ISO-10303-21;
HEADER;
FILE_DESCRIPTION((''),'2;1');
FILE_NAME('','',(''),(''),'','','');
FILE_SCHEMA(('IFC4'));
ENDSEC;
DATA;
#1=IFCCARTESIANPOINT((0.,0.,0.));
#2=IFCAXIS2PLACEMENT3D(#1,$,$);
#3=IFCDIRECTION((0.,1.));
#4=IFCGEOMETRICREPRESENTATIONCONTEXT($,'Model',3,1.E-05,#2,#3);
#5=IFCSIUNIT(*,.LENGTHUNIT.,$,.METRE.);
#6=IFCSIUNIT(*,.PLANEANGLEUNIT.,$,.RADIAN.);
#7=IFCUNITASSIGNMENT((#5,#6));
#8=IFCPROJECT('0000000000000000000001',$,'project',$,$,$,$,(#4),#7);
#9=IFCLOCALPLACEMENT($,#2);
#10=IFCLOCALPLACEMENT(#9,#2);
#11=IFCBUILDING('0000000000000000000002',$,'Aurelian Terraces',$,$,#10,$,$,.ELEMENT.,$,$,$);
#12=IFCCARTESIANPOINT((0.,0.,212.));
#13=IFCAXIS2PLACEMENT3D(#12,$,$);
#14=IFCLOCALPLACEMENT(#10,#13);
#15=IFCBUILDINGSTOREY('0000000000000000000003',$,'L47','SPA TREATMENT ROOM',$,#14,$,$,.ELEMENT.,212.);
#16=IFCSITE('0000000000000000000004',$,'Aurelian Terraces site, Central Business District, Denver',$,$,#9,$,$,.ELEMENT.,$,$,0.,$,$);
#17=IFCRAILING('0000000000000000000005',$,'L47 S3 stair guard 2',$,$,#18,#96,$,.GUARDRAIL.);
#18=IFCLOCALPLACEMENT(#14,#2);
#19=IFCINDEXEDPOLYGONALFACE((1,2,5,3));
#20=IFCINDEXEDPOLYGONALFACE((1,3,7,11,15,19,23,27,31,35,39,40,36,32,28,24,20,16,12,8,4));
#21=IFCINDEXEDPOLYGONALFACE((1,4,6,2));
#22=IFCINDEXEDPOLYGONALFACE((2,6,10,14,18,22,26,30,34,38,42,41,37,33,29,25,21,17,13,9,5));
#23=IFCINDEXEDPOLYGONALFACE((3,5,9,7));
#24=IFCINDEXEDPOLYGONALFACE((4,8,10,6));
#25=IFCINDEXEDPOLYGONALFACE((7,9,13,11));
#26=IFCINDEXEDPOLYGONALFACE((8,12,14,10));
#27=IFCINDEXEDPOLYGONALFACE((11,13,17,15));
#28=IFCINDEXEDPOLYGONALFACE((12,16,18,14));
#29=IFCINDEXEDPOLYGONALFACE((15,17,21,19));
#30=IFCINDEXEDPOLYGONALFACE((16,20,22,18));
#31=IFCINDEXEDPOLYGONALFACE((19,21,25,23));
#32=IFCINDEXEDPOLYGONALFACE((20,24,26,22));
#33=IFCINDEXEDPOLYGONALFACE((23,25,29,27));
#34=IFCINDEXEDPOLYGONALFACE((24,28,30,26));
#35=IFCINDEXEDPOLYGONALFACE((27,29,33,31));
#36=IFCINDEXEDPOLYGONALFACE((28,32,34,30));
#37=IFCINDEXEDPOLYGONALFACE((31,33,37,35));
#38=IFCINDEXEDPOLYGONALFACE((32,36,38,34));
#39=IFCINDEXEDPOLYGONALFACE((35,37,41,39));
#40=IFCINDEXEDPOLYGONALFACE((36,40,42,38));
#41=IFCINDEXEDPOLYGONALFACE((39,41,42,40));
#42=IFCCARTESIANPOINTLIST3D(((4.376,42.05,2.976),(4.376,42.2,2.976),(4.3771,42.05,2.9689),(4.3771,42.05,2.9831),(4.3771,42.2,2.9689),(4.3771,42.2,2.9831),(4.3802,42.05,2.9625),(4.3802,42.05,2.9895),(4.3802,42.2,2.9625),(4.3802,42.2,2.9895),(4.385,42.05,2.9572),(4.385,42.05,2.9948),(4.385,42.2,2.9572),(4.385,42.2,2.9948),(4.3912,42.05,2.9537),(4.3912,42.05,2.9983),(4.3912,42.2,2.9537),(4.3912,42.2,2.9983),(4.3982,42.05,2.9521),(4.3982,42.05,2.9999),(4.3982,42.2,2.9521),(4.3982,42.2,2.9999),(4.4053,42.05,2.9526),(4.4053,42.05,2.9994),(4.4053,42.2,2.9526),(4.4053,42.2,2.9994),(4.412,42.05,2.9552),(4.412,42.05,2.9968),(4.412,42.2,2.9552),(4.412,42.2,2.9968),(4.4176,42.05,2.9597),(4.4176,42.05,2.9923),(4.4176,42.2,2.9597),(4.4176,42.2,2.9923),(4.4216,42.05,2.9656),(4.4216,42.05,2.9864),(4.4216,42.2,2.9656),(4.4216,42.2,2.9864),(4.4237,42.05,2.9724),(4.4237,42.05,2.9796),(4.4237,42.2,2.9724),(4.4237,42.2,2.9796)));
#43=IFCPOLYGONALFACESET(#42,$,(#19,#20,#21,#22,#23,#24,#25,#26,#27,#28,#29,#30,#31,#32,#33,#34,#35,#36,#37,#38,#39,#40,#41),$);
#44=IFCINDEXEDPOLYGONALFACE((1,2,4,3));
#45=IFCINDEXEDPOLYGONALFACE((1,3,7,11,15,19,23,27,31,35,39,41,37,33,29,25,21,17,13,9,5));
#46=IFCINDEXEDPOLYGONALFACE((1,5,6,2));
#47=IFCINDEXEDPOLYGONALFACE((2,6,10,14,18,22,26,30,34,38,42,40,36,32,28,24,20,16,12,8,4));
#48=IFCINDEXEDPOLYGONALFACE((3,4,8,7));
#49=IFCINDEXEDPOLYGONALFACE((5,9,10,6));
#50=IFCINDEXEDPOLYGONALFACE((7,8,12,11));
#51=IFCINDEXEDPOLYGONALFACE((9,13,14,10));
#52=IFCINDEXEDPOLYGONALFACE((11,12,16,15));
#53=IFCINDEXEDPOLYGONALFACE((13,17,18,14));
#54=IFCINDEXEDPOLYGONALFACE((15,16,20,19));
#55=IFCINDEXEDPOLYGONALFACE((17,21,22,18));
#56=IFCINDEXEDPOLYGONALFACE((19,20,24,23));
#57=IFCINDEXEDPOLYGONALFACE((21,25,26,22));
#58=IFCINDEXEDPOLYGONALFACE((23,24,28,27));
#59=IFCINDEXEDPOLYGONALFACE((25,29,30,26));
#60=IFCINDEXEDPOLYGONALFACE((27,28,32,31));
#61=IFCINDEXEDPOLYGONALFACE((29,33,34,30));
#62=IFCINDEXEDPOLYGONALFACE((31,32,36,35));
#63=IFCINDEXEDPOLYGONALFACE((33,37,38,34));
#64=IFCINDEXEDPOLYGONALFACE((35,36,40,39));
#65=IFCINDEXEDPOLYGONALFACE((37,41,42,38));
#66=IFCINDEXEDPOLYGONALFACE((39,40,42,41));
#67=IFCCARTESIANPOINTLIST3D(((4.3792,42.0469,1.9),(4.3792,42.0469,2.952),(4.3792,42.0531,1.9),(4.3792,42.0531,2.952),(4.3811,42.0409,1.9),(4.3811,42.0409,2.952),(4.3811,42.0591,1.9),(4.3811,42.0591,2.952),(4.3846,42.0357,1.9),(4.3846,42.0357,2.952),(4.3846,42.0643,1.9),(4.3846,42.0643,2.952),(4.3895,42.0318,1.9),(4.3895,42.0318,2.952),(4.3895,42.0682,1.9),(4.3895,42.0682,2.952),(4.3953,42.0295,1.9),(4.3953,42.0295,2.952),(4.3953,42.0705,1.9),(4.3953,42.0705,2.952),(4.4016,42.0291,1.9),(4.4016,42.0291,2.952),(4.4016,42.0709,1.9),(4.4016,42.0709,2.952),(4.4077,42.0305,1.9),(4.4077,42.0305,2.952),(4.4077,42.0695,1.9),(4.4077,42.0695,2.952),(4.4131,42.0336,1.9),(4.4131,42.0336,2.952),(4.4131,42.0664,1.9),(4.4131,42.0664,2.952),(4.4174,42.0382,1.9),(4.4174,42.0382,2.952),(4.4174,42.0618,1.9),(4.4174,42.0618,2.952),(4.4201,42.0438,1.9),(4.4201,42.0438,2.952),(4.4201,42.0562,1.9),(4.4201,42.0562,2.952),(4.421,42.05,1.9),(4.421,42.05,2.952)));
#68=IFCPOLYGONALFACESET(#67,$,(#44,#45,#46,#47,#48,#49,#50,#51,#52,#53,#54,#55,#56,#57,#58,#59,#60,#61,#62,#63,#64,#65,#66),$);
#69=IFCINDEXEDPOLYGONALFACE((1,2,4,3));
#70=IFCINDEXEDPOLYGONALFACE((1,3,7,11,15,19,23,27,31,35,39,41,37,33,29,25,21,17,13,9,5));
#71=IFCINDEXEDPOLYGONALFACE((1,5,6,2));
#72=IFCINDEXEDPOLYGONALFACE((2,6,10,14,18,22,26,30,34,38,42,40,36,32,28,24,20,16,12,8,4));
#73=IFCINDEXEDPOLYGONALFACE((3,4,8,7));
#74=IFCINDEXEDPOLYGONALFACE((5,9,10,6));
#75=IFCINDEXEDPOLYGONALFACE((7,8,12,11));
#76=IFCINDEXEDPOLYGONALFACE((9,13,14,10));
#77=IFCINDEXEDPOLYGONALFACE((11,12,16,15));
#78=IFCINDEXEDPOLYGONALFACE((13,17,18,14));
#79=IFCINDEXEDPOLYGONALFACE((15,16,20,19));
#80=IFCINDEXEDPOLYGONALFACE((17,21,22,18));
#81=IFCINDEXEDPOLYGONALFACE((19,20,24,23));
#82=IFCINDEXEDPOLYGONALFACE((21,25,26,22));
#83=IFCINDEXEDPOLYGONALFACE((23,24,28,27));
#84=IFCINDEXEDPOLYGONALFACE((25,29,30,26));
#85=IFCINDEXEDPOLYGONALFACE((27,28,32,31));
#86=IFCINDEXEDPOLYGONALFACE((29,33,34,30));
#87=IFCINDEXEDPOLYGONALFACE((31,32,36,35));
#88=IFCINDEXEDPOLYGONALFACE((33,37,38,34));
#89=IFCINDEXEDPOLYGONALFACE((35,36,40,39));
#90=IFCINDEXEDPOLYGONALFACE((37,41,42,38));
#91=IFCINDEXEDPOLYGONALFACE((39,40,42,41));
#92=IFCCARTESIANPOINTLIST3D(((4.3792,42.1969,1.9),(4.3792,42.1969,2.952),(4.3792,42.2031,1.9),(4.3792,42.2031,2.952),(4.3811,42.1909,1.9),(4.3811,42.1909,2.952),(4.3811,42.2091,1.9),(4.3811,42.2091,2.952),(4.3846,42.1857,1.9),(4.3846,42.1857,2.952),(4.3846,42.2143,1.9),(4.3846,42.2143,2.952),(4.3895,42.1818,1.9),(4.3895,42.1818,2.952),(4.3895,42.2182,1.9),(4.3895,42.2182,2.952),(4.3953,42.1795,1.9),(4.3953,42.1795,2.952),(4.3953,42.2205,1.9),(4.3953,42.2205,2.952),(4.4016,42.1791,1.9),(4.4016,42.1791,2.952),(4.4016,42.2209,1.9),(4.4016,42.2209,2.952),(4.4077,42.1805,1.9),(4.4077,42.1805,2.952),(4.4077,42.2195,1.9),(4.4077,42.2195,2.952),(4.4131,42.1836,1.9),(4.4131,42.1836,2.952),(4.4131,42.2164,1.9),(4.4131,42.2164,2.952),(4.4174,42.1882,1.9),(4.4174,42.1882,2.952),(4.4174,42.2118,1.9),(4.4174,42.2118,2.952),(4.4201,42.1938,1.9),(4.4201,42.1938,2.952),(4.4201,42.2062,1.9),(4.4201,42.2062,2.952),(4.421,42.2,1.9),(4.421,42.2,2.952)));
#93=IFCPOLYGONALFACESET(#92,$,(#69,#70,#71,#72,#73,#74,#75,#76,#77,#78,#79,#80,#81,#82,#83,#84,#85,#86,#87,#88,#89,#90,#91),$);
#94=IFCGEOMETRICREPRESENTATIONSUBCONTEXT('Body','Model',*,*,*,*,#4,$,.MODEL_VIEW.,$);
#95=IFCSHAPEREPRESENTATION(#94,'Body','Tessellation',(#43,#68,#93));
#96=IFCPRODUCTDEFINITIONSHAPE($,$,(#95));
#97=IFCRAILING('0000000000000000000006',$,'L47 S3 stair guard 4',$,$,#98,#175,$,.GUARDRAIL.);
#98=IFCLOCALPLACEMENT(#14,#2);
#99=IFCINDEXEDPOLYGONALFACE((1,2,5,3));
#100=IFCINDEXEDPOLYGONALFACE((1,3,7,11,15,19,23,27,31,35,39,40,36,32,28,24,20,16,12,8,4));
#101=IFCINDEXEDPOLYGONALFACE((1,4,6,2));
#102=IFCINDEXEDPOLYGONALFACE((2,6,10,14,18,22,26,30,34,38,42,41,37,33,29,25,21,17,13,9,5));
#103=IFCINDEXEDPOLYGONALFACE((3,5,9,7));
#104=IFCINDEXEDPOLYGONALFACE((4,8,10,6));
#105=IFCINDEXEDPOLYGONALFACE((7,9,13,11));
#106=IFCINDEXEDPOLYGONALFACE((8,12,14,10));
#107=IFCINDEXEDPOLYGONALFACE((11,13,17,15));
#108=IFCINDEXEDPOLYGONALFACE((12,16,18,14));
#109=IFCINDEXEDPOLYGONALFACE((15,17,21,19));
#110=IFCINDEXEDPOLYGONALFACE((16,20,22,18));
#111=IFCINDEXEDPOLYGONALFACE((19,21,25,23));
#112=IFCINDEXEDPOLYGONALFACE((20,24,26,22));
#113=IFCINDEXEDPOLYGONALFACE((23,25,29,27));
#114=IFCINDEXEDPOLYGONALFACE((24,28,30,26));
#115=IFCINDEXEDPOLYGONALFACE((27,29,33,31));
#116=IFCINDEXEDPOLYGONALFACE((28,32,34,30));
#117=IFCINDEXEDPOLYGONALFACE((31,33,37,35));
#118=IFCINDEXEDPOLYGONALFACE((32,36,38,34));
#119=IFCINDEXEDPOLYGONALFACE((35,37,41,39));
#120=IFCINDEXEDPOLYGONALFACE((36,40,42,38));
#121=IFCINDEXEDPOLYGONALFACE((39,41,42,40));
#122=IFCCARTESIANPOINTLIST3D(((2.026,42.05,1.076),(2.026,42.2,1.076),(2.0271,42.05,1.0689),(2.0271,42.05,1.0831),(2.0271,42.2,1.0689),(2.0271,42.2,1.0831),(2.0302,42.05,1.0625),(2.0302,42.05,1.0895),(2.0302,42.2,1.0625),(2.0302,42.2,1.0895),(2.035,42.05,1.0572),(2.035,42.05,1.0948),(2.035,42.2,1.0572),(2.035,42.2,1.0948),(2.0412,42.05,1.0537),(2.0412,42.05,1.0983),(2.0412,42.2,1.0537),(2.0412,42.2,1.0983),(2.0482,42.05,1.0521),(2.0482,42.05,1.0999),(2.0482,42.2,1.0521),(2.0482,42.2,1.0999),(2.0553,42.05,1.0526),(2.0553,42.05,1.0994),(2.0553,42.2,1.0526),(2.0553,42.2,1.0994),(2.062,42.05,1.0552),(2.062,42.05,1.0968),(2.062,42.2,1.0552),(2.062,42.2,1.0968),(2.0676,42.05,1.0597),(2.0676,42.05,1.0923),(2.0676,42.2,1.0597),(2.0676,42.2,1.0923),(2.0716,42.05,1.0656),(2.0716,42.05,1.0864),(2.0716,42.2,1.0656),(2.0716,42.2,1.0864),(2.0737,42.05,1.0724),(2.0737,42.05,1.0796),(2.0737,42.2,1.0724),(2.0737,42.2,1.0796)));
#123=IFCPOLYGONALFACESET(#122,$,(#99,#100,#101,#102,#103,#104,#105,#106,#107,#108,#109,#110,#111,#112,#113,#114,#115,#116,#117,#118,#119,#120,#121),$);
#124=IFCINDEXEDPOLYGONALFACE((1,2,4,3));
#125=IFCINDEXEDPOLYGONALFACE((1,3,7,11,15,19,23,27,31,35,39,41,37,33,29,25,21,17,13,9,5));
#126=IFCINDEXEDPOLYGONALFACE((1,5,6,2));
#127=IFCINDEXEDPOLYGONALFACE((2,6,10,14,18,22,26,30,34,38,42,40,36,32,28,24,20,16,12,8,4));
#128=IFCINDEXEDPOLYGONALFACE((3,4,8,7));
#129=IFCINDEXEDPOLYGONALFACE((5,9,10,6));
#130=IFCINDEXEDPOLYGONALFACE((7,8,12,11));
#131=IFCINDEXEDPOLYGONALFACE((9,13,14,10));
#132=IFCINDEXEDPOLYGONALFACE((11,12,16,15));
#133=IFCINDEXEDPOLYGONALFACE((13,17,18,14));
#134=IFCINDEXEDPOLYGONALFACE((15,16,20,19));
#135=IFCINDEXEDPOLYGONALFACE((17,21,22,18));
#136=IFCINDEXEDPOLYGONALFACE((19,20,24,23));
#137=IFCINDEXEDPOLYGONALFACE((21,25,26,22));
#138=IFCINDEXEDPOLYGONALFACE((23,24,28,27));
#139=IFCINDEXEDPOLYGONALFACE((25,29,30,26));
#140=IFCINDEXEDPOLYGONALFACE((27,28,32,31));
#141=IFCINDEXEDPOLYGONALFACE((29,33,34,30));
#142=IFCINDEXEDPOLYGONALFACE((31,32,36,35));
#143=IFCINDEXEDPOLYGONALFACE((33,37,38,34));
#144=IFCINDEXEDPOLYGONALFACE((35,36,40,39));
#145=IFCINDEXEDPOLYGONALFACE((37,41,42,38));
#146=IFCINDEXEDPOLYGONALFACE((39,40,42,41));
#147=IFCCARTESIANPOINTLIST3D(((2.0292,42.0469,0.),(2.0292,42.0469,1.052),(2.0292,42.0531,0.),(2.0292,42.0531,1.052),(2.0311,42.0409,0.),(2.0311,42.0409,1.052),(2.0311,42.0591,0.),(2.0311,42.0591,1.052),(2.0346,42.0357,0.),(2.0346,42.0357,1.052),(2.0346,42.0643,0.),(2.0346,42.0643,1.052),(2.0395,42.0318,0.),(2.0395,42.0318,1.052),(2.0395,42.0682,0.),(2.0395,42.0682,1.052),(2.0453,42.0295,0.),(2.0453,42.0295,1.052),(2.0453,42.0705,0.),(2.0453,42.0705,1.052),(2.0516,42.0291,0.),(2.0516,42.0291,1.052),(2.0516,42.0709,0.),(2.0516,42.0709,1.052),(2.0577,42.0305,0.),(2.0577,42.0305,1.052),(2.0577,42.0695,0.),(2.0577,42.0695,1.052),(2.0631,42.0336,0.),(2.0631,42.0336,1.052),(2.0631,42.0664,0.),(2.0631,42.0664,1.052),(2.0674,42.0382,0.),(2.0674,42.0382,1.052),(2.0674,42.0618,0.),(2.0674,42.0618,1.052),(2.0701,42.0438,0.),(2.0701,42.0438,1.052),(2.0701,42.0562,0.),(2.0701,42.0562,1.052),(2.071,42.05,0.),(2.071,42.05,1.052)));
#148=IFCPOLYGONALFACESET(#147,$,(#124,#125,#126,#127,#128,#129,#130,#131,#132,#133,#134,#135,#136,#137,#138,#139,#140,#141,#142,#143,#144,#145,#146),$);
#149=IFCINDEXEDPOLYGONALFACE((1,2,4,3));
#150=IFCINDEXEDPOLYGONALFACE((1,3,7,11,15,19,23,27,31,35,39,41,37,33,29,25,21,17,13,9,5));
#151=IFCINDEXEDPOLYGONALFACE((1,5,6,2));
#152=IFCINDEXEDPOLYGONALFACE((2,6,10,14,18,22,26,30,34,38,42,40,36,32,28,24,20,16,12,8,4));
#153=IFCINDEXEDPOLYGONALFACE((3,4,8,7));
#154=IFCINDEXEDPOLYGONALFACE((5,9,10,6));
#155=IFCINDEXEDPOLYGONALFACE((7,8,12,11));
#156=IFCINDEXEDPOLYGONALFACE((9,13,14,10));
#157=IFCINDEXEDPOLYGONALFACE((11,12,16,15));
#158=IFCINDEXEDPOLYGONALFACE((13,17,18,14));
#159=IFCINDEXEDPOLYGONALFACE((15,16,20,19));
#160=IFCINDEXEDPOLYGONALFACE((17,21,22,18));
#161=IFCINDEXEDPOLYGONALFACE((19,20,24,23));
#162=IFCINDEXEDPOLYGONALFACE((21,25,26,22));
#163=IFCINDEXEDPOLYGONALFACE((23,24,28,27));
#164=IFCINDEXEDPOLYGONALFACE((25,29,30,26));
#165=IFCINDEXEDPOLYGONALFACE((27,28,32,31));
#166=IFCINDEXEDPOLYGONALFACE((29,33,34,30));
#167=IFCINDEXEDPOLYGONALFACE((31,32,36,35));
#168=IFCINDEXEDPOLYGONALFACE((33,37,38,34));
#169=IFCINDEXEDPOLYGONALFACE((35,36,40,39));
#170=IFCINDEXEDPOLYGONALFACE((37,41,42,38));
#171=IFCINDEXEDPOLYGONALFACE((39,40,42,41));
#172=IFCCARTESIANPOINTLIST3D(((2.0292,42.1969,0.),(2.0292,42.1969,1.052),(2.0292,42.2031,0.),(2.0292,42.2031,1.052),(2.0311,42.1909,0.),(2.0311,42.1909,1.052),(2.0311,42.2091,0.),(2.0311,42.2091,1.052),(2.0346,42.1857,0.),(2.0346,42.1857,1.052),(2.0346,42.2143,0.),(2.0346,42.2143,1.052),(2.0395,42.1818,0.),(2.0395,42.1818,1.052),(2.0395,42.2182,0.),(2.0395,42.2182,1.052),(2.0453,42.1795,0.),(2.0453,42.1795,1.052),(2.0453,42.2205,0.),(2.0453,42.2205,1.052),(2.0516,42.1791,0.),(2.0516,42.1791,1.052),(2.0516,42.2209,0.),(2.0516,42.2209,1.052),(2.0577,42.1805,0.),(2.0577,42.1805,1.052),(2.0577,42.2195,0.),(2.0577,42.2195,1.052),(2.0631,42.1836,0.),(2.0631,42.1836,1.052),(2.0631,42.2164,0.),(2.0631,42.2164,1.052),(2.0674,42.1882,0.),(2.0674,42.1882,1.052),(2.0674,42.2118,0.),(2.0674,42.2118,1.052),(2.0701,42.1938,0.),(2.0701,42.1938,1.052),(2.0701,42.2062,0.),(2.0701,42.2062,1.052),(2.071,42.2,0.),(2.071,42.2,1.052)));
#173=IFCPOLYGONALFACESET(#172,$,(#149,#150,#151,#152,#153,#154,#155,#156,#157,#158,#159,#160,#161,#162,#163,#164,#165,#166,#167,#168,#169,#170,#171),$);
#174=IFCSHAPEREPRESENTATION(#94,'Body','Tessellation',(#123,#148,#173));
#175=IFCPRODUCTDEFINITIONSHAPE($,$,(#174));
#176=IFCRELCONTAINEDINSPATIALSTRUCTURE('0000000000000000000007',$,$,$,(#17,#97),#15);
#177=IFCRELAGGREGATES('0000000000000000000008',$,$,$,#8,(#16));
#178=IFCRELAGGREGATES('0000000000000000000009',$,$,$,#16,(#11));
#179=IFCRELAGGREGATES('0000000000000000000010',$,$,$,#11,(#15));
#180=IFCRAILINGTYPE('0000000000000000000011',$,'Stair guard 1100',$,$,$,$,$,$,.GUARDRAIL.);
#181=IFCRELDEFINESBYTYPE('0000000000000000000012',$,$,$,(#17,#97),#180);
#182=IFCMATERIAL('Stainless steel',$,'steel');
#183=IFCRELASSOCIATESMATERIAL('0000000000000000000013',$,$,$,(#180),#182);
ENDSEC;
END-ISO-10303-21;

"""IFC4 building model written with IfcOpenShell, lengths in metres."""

from ifc_helpers import new_model, si_unit, direction, frame, origin, origin_2d, place, context, subcontext, project, spatial, circle, extrude, source, transform, mapped, material, type_object, element, save


model = new_model("IFC4")

# Units and contexts
model_context = context("Model", 3, precision=1e-05, world=origin(), true_north=direction((0.0, 1.0)))
body_context = subcontext(model_context, "Body", "Model", "MODEL_VIEW")
ifc_project = project(units=[si_unit("LENGTHUNIT", "METRE"), si_unit("PLANEANGLEUNIT", "RADIAN")], contexts=[model_context])

# Site, building, storey
site_placement = place(None, origin())
site = spatial("IfcSite", under=ifc_project, at=site_placement, Name="Aurelian Terraces site, Central Business District, Denver", CompositionType="ELEMENT", RefElevation=0.0)
building_placement = place(site_placement, origin())
building = spatial("IfcBuilding", under=site, at=building_placement, Name="Aurelian Terraces", CompositionType="ELEMENT")
storey_placement = place(building_placement, frame((0.0, 0.0, 212.0)))
storey = spatial("IfcBuildingStorey", under=building, at=storey_placement, Name="L47", Description="SPA TREATMENT ROOM", CompositionType="ELEMENT", Elevation=212.0)

# Railings
ifc_material_1 = material(Name="Stainless steel", Category="steel")
railing_type_1 = type_object("IfcRailingType", Name="Stair guard 1100", PredefinedType="GUARDRAIL", material=ifc_material_1)
shared_shape_1 = source(origin(), body_context, "Body", "SweptSolid", [
    extrude(circle(Radius=0.024, at=origin_2d()), frame((0.0, 0.0, 1.076), z_axis=(0.0, 1.0, 0.0), x_axis=(-1.0, 0.0, 0.0)), (0.0, 0.0, 1.0), 0.15),
    extrude(circle(Radius=0.021, at=origin_2d()), origin(), (0.0, 0.0, 1.0), 1.052),
    extrude(circle(Radius=0.021, at=origin_2d()), frame((0.0, 0.15, 0.0)), (0.0, 0.0, 1.0), 1.052),
])
for number, where, name in (
    (1, (4.4, 42.05, 1.9), "L47 S3 stair guard 2"),
    (2, (2.05, 42.05, 0.0), "L47 S3 stair guard 4"),
):
    element("IfcRailing", number, at=place(storey_placement, frame(where)), inside=storey, type_object=railing_type_1, Name=name, PredefinedType="GUARDRAIL", context=body_context, shape_type="MappedRepresentation", body=[
        mapped(shared_shape_1, transform((0.0, 0.0, 0.0), scale=1.0)),
    ])

save(model, "model.ifc")
